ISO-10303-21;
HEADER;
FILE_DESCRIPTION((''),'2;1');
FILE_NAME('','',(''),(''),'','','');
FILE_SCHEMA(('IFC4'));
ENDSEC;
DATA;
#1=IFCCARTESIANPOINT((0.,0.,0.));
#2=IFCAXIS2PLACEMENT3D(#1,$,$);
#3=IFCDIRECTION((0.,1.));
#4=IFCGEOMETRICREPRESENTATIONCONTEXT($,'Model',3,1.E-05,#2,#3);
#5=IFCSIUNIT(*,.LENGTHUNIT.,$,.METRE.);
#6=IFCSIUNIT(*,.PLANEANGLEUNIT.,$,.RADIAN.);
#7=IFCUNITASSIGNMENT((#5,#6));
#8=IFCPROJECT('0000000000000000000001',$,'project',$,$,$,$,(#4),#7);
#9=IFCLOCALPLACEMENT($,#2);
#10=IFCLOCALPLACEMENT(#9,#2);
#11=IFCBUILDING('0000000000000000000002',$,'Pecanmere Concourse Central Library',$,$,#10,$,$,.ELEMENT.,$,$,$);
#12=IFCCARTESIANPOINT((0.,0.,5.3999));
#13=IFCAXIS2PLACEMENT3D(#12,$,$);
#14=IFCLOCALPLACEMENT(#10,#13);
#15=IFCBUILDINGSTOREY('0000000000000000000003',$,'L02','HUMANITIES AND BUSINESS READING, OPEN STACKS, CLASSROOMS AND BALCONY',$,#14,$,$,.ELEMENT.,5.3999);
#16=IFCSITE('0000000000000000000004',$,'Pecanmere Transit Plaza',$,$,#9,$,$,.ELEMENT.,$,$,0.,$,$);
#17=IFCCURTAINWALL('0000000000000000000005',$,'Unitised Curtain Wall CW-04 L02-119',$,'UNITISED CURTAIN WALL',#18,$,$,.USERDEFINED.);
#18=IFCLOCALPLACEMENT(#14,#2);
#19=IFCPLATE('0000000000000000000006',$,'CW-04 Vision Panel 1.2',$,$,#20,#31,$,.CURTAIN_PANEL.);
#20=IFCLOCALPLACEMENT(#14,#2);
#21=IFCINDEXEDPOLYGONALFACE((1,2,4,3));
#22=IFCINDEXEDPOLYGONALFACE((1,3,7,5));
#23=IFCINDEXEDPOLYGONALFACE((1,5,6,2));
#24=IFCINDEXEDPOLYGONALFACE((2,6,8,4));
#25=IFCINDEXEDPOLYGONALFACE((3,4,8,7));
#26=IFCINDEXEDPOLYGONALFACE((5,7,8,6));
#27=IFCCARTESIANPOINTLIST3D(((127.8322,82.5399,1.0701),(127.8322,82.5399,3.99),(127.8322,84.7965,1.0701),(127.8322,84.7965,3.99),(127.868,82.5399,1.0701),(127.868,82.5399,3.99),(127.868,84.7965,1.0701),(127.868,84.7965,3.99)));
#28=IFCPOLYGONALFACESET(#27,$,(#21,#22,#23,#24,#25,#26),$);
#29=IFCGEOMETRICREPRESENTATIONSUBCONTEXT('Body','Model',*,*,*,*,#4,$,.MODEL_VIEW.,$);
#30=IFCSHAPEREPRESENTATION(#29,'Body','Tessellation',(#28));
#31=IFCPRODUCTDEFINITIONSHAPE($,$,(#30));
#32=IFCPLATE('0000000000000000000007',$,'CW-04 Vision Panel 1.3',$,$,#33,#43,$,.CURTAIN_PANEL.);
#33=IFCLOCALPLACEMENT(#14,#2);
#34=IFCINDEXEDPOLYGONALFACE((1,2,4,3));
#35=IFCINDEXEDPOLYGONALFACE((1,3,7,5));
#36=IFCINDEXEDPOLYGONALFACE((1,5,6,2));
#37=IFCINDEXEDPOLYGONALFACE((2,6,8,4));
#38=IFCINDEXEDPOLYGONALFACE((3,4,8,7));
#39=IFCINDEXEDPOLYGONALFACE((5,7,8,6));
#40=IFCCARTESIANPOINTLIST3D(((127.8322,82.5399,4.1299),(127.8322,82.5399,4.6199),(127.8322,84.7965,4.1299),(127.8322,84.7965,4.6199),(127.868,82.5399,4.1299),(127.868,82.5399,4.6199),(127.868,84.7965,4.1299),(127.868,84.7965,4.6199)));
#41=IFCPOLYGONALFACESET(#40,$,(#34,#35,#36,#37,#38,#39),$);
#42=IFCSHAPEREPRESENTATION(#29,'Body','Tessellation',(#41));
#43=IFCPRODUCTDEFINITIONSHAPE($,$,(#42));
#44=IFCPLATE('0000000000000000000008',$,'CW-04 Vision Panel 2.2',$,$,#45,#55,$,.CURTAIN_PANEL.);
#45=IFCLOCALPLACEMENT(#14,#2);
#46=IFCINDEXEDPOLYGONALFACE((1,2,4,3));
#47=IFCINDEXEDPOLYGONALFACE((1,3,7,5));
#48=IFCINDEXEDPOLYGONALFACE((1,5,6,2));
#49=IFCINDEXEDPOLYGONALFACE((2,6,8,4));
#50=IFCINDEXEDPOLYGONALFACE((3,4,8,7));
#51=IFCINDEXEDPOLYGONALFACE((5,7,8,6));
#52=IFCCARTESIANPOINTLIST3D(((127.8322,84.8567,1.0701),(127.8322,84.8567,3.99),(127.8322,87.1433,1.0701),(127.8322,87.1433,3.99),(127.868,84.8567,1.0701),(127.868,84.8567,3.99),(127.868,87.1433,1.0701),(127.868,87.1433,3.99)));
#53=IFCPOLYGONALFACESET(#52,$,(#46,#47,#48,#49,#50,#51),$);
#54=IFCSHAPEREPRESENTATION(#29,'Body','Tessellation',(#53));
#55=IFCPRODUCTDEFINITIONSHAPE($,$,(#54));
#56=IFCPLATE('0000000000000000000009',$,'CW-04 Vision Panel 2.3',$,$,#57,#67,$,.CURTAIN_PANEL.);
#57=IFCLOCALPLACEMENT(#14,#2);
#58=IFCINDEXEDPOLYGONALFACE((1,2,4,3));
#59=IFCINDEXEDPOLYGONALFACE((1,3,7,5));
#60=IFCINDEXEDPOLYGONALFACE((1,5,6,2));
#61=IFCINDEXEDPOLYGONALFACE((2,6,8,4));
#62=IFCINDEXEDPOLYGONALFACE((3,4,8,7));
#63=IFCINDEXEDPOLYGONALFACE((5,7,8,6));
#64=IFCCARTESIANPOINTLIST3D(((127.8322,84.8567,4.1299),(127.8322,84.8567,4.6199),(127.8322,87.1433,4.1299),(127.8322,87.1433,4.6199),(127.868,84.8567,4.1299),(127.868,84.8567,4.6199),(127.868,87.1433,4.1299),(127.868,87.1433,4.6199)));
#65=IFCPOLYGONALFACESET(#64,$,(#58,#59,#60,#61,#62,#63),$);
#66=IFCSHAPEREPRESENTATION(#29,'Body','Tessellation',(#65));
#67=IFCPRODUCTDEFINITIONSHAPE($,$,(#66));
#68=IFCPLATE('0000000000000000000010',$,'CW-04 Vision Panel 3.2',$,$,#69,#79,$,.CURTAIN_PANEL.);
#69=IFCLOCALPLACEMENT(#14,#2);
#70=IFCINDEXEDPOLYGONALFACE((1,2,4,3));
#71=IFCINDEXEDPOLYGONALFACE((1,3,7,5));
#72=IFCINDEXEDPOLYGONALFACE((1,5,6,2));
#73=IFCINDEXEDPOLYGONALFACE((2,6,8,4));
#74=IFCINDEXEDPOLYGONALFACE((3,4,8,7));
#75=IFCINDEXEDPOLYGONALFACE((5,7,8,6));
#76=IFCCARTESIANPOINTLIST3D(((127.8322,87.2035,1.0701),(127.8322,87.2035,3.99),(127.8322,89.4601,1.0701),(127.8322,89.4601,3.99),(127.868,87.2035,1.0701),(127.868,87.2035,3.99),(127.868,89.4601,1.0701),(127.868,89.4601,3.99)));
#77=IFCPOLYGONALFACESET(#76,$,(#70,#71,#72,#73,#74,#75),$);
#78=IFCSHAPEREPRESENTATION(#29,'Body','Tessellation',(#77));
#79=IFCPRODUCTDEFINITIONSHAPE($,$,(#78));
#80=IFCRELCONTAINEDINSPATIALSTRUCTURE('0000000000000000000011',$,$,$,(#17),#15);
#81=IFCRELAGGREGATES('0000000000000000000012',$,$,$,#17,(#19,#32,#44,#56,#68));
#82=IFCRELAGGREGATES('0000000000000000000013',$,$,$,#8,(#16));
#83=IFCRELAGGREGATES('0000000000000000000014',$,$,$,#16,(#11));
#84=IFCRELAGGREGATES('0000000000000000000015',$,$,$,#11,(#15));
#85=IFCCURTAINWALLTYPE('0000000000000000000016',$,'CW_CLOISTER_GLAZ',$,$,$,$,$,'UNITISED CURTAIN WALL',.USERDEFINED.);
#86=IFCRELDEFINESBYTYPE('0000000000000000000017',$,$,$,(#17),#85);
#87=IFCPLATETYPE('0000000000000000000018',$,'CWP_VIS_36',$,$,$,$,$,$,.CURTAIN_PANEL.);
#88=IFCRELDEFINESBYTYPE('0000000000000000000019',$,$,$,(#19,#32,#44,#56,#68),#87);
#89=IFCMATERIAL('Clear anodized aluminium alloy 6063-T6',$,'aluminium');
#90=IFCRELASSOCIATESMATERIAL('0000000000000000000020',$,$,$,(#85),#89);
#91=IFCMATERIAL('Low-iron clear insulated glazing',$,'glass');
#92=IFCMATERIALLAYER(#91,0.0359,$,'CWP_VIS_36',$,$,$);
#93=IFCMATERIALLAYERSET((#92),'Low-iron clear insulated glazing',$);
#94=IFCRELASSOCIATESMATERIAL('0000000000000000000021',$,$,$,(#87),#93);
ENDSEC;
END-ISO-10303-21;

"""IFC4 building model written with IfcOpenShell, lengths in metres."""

from ifc_helpers import new_model, si_unit, direction, frame, origin, origin_2d, place, context, subcontext, project, spatial, rectangle, extrude, material, layer, layer_set, type_object, element, aggregate, save


model = new_model("IFC4")

# Units and contexts
model_context = context("Model", 3, precision=1e-05, world=origin(), true_north=direction((0.0, 1.0)))
body_context = subcontext(model_context, "Body", "Model", "MODEL_VIEW")
ifc_project = project(units=[si_unit("LENGTHUNIT", "METRE"), si_unit("PLANEANGLEUNIT", "RADIAN")], contexts=[model_context])

# Site, building, storey
site_placement = place(None, origin())
site = spatial("IfcSite", under=ifc_project, at=site_placement, Name="Pecanmere Transit Plaza", CompositionType="ELEMENT", RefElevation=0.0)
building_placement = place(site_placement, origin())
building = spatial("IfcBuilding", under=site, at=building_placement, Name="Pecanmere Concourse Central Library", CompositionType="ELEMENT")
storey_placement = place(building_placement, frame((0.0, 0.0, 5.3999)))
storey = spatial("IfcBuildingStorey", under=building, at=storey_placement, Name="L02", Description="HUMANITIES AND BUSINESS READING, OPEN STACKS, CLASSROOMS AND BALCONY", CompositionType="ELEMENT", Elevation=5.3999)

# Curtain wall
ifc_material_1 = material(Name="Clear anodized aluminium alloy 6063-T6", Category="aluminium")
curtain_wall_type = type_object("IfcCurtainWallType", Name="CW_CLOISTER_GLAZ", ElementType="UNITISED CURTAIN WALL", PredefinedType="USERDEFINED", material=ifc_material_1)
curtain_wall_1_placement = place(storey_placement, origin())
curtain_wall_1 = element("IfcCurtainWall", 1, at=curtain_wall_1_placement, inside=storey, type_object=curtain_wall_type, Name="Unitised Curtain Wall CW-04 L02-119", ObjectType="UNITISED CURTAIN WALL", PredefinedType="USERDEFINED")

# Plates
ifc_material_2 = material(Name="Low-iron clear insulated glazing", Category="glass")
ifc_layer_1 = layer(ifc_material_2, 0.0359, Name="CWP_VIS_36")
ifc_layer_set_1 = layer_set([ifc_layer_1], Name="Low-iron clear insulated glazing")
plate_type_1 = type_object("IfcPlateType", Name="CWP_VIS_36", PredefinedType="CURTAIN_PANEL", material=ifc_layer_set_1)
plate_1_placement = place(storey_placement, frame((127.8501, 83.6682, 1.0701), z_axis=(0.0, 0.0, 1.0), x_axis=(0.0, 1.0, 0.0)))
plate_1 = element("IfcPlate", 2, at=plate_1_placement, type_object=plate_type_1, Name="CW-04 Vision Panel 1.2", PredefinedType="CURTAIN_PANEL", context=body_context, shape_type="SweptSolid", body=[
    extrude(rectangle(XDim=2.2566, YDim=0.0359, at=origin_2d()), origin(), (0.0, 0.0, 1.0), 2.9199),
])
plate_2_placement = place(storey_placement, frame((127.8501, 83.6682, 4.1299), z_axis=(0.0, 0.0, 1.0), x_axis=(0.0, 1.0, 0.0)))
plate_2 = element("IfcPlate", 3, at=plate_2_placement, type_object=plate_type_1, Name="CW-04 Vision Panel 1.3", PredefinedType="CURTAIN_PANEL", context=body_context, shape_type="SweptSolid", body=[
    extrude(rectangle(XDim=2.2566, YDim=0.0359, at=origin_2d()), origin(), (0.0, 0.0, 1.0), 0.49),
])
plate_3_placement = place(storey_placement, frame((127.8501, 86.0, 1.0701), z_axis=(0.0, 0.0, 1.0), x_axis=(0.0, 1.0, 0.0)))
plate_3 = element("IfcPlate", 4, at=plate_3_placement, type_object=plate_type_1, Name="CW-04 Vision Panel 2.2", PredefinedType="CURTAIN_PANEL", context=body_context, shape_type="SweptSolid", body=[
    extrude(rectangle(XDim=2.2866, YDim=0.0359, at=origin_2d()), origin(), (0.0, 0.0, 1.0), 2.9199),
])
plate_4_placement = place(storey_placement, frame((127.8501, 86.0, 4.1299), z_axis=(0.0, 0.0, 1.0), x_axis=(0.0, 1.0, 0.0)))
plate_4 = element("IfcPlate", 5, at=plate_4_placement, type_object=plate_type_1, Name="CW-04 Vision Panel 2.3", PredefinedType="CURTAIN_PANEL", context=body_context, shape_type="SweptSolid", body=[
    extrude(rectangle(XDim=2.2866, YDim=0.0359, at=origin_2d()), origin(), (0.0, 0.0, 1.0), 0.49),
])
plate_5_placement = place(storey_placement, frame((127.8501, 88.3318, 1.0701), z_axis=(0.0, 0.0, 1.0), x_axis=(0.0, 1.0, 0.0)))
plate_5 = element("IfcPlate", 6, at=plate_5_placement, type_object=plate_type_1, Name="CW-04 Vision Panel 3.2", PredefinedType="CURTAIN_PANEL", context=body_context, shape_type="SweptSolid", body=[
    extrude(rectangle(XDim=2.2566, YDim=0.0359, at=origin_2d()), origin(), (0.0, 0.0, 1.0), 2.9199),
])
aggregate(curtain_wall_1, [plate_1, plate_2, plate_3, plate_4, plate_5])

save(model, "model.ifc")
